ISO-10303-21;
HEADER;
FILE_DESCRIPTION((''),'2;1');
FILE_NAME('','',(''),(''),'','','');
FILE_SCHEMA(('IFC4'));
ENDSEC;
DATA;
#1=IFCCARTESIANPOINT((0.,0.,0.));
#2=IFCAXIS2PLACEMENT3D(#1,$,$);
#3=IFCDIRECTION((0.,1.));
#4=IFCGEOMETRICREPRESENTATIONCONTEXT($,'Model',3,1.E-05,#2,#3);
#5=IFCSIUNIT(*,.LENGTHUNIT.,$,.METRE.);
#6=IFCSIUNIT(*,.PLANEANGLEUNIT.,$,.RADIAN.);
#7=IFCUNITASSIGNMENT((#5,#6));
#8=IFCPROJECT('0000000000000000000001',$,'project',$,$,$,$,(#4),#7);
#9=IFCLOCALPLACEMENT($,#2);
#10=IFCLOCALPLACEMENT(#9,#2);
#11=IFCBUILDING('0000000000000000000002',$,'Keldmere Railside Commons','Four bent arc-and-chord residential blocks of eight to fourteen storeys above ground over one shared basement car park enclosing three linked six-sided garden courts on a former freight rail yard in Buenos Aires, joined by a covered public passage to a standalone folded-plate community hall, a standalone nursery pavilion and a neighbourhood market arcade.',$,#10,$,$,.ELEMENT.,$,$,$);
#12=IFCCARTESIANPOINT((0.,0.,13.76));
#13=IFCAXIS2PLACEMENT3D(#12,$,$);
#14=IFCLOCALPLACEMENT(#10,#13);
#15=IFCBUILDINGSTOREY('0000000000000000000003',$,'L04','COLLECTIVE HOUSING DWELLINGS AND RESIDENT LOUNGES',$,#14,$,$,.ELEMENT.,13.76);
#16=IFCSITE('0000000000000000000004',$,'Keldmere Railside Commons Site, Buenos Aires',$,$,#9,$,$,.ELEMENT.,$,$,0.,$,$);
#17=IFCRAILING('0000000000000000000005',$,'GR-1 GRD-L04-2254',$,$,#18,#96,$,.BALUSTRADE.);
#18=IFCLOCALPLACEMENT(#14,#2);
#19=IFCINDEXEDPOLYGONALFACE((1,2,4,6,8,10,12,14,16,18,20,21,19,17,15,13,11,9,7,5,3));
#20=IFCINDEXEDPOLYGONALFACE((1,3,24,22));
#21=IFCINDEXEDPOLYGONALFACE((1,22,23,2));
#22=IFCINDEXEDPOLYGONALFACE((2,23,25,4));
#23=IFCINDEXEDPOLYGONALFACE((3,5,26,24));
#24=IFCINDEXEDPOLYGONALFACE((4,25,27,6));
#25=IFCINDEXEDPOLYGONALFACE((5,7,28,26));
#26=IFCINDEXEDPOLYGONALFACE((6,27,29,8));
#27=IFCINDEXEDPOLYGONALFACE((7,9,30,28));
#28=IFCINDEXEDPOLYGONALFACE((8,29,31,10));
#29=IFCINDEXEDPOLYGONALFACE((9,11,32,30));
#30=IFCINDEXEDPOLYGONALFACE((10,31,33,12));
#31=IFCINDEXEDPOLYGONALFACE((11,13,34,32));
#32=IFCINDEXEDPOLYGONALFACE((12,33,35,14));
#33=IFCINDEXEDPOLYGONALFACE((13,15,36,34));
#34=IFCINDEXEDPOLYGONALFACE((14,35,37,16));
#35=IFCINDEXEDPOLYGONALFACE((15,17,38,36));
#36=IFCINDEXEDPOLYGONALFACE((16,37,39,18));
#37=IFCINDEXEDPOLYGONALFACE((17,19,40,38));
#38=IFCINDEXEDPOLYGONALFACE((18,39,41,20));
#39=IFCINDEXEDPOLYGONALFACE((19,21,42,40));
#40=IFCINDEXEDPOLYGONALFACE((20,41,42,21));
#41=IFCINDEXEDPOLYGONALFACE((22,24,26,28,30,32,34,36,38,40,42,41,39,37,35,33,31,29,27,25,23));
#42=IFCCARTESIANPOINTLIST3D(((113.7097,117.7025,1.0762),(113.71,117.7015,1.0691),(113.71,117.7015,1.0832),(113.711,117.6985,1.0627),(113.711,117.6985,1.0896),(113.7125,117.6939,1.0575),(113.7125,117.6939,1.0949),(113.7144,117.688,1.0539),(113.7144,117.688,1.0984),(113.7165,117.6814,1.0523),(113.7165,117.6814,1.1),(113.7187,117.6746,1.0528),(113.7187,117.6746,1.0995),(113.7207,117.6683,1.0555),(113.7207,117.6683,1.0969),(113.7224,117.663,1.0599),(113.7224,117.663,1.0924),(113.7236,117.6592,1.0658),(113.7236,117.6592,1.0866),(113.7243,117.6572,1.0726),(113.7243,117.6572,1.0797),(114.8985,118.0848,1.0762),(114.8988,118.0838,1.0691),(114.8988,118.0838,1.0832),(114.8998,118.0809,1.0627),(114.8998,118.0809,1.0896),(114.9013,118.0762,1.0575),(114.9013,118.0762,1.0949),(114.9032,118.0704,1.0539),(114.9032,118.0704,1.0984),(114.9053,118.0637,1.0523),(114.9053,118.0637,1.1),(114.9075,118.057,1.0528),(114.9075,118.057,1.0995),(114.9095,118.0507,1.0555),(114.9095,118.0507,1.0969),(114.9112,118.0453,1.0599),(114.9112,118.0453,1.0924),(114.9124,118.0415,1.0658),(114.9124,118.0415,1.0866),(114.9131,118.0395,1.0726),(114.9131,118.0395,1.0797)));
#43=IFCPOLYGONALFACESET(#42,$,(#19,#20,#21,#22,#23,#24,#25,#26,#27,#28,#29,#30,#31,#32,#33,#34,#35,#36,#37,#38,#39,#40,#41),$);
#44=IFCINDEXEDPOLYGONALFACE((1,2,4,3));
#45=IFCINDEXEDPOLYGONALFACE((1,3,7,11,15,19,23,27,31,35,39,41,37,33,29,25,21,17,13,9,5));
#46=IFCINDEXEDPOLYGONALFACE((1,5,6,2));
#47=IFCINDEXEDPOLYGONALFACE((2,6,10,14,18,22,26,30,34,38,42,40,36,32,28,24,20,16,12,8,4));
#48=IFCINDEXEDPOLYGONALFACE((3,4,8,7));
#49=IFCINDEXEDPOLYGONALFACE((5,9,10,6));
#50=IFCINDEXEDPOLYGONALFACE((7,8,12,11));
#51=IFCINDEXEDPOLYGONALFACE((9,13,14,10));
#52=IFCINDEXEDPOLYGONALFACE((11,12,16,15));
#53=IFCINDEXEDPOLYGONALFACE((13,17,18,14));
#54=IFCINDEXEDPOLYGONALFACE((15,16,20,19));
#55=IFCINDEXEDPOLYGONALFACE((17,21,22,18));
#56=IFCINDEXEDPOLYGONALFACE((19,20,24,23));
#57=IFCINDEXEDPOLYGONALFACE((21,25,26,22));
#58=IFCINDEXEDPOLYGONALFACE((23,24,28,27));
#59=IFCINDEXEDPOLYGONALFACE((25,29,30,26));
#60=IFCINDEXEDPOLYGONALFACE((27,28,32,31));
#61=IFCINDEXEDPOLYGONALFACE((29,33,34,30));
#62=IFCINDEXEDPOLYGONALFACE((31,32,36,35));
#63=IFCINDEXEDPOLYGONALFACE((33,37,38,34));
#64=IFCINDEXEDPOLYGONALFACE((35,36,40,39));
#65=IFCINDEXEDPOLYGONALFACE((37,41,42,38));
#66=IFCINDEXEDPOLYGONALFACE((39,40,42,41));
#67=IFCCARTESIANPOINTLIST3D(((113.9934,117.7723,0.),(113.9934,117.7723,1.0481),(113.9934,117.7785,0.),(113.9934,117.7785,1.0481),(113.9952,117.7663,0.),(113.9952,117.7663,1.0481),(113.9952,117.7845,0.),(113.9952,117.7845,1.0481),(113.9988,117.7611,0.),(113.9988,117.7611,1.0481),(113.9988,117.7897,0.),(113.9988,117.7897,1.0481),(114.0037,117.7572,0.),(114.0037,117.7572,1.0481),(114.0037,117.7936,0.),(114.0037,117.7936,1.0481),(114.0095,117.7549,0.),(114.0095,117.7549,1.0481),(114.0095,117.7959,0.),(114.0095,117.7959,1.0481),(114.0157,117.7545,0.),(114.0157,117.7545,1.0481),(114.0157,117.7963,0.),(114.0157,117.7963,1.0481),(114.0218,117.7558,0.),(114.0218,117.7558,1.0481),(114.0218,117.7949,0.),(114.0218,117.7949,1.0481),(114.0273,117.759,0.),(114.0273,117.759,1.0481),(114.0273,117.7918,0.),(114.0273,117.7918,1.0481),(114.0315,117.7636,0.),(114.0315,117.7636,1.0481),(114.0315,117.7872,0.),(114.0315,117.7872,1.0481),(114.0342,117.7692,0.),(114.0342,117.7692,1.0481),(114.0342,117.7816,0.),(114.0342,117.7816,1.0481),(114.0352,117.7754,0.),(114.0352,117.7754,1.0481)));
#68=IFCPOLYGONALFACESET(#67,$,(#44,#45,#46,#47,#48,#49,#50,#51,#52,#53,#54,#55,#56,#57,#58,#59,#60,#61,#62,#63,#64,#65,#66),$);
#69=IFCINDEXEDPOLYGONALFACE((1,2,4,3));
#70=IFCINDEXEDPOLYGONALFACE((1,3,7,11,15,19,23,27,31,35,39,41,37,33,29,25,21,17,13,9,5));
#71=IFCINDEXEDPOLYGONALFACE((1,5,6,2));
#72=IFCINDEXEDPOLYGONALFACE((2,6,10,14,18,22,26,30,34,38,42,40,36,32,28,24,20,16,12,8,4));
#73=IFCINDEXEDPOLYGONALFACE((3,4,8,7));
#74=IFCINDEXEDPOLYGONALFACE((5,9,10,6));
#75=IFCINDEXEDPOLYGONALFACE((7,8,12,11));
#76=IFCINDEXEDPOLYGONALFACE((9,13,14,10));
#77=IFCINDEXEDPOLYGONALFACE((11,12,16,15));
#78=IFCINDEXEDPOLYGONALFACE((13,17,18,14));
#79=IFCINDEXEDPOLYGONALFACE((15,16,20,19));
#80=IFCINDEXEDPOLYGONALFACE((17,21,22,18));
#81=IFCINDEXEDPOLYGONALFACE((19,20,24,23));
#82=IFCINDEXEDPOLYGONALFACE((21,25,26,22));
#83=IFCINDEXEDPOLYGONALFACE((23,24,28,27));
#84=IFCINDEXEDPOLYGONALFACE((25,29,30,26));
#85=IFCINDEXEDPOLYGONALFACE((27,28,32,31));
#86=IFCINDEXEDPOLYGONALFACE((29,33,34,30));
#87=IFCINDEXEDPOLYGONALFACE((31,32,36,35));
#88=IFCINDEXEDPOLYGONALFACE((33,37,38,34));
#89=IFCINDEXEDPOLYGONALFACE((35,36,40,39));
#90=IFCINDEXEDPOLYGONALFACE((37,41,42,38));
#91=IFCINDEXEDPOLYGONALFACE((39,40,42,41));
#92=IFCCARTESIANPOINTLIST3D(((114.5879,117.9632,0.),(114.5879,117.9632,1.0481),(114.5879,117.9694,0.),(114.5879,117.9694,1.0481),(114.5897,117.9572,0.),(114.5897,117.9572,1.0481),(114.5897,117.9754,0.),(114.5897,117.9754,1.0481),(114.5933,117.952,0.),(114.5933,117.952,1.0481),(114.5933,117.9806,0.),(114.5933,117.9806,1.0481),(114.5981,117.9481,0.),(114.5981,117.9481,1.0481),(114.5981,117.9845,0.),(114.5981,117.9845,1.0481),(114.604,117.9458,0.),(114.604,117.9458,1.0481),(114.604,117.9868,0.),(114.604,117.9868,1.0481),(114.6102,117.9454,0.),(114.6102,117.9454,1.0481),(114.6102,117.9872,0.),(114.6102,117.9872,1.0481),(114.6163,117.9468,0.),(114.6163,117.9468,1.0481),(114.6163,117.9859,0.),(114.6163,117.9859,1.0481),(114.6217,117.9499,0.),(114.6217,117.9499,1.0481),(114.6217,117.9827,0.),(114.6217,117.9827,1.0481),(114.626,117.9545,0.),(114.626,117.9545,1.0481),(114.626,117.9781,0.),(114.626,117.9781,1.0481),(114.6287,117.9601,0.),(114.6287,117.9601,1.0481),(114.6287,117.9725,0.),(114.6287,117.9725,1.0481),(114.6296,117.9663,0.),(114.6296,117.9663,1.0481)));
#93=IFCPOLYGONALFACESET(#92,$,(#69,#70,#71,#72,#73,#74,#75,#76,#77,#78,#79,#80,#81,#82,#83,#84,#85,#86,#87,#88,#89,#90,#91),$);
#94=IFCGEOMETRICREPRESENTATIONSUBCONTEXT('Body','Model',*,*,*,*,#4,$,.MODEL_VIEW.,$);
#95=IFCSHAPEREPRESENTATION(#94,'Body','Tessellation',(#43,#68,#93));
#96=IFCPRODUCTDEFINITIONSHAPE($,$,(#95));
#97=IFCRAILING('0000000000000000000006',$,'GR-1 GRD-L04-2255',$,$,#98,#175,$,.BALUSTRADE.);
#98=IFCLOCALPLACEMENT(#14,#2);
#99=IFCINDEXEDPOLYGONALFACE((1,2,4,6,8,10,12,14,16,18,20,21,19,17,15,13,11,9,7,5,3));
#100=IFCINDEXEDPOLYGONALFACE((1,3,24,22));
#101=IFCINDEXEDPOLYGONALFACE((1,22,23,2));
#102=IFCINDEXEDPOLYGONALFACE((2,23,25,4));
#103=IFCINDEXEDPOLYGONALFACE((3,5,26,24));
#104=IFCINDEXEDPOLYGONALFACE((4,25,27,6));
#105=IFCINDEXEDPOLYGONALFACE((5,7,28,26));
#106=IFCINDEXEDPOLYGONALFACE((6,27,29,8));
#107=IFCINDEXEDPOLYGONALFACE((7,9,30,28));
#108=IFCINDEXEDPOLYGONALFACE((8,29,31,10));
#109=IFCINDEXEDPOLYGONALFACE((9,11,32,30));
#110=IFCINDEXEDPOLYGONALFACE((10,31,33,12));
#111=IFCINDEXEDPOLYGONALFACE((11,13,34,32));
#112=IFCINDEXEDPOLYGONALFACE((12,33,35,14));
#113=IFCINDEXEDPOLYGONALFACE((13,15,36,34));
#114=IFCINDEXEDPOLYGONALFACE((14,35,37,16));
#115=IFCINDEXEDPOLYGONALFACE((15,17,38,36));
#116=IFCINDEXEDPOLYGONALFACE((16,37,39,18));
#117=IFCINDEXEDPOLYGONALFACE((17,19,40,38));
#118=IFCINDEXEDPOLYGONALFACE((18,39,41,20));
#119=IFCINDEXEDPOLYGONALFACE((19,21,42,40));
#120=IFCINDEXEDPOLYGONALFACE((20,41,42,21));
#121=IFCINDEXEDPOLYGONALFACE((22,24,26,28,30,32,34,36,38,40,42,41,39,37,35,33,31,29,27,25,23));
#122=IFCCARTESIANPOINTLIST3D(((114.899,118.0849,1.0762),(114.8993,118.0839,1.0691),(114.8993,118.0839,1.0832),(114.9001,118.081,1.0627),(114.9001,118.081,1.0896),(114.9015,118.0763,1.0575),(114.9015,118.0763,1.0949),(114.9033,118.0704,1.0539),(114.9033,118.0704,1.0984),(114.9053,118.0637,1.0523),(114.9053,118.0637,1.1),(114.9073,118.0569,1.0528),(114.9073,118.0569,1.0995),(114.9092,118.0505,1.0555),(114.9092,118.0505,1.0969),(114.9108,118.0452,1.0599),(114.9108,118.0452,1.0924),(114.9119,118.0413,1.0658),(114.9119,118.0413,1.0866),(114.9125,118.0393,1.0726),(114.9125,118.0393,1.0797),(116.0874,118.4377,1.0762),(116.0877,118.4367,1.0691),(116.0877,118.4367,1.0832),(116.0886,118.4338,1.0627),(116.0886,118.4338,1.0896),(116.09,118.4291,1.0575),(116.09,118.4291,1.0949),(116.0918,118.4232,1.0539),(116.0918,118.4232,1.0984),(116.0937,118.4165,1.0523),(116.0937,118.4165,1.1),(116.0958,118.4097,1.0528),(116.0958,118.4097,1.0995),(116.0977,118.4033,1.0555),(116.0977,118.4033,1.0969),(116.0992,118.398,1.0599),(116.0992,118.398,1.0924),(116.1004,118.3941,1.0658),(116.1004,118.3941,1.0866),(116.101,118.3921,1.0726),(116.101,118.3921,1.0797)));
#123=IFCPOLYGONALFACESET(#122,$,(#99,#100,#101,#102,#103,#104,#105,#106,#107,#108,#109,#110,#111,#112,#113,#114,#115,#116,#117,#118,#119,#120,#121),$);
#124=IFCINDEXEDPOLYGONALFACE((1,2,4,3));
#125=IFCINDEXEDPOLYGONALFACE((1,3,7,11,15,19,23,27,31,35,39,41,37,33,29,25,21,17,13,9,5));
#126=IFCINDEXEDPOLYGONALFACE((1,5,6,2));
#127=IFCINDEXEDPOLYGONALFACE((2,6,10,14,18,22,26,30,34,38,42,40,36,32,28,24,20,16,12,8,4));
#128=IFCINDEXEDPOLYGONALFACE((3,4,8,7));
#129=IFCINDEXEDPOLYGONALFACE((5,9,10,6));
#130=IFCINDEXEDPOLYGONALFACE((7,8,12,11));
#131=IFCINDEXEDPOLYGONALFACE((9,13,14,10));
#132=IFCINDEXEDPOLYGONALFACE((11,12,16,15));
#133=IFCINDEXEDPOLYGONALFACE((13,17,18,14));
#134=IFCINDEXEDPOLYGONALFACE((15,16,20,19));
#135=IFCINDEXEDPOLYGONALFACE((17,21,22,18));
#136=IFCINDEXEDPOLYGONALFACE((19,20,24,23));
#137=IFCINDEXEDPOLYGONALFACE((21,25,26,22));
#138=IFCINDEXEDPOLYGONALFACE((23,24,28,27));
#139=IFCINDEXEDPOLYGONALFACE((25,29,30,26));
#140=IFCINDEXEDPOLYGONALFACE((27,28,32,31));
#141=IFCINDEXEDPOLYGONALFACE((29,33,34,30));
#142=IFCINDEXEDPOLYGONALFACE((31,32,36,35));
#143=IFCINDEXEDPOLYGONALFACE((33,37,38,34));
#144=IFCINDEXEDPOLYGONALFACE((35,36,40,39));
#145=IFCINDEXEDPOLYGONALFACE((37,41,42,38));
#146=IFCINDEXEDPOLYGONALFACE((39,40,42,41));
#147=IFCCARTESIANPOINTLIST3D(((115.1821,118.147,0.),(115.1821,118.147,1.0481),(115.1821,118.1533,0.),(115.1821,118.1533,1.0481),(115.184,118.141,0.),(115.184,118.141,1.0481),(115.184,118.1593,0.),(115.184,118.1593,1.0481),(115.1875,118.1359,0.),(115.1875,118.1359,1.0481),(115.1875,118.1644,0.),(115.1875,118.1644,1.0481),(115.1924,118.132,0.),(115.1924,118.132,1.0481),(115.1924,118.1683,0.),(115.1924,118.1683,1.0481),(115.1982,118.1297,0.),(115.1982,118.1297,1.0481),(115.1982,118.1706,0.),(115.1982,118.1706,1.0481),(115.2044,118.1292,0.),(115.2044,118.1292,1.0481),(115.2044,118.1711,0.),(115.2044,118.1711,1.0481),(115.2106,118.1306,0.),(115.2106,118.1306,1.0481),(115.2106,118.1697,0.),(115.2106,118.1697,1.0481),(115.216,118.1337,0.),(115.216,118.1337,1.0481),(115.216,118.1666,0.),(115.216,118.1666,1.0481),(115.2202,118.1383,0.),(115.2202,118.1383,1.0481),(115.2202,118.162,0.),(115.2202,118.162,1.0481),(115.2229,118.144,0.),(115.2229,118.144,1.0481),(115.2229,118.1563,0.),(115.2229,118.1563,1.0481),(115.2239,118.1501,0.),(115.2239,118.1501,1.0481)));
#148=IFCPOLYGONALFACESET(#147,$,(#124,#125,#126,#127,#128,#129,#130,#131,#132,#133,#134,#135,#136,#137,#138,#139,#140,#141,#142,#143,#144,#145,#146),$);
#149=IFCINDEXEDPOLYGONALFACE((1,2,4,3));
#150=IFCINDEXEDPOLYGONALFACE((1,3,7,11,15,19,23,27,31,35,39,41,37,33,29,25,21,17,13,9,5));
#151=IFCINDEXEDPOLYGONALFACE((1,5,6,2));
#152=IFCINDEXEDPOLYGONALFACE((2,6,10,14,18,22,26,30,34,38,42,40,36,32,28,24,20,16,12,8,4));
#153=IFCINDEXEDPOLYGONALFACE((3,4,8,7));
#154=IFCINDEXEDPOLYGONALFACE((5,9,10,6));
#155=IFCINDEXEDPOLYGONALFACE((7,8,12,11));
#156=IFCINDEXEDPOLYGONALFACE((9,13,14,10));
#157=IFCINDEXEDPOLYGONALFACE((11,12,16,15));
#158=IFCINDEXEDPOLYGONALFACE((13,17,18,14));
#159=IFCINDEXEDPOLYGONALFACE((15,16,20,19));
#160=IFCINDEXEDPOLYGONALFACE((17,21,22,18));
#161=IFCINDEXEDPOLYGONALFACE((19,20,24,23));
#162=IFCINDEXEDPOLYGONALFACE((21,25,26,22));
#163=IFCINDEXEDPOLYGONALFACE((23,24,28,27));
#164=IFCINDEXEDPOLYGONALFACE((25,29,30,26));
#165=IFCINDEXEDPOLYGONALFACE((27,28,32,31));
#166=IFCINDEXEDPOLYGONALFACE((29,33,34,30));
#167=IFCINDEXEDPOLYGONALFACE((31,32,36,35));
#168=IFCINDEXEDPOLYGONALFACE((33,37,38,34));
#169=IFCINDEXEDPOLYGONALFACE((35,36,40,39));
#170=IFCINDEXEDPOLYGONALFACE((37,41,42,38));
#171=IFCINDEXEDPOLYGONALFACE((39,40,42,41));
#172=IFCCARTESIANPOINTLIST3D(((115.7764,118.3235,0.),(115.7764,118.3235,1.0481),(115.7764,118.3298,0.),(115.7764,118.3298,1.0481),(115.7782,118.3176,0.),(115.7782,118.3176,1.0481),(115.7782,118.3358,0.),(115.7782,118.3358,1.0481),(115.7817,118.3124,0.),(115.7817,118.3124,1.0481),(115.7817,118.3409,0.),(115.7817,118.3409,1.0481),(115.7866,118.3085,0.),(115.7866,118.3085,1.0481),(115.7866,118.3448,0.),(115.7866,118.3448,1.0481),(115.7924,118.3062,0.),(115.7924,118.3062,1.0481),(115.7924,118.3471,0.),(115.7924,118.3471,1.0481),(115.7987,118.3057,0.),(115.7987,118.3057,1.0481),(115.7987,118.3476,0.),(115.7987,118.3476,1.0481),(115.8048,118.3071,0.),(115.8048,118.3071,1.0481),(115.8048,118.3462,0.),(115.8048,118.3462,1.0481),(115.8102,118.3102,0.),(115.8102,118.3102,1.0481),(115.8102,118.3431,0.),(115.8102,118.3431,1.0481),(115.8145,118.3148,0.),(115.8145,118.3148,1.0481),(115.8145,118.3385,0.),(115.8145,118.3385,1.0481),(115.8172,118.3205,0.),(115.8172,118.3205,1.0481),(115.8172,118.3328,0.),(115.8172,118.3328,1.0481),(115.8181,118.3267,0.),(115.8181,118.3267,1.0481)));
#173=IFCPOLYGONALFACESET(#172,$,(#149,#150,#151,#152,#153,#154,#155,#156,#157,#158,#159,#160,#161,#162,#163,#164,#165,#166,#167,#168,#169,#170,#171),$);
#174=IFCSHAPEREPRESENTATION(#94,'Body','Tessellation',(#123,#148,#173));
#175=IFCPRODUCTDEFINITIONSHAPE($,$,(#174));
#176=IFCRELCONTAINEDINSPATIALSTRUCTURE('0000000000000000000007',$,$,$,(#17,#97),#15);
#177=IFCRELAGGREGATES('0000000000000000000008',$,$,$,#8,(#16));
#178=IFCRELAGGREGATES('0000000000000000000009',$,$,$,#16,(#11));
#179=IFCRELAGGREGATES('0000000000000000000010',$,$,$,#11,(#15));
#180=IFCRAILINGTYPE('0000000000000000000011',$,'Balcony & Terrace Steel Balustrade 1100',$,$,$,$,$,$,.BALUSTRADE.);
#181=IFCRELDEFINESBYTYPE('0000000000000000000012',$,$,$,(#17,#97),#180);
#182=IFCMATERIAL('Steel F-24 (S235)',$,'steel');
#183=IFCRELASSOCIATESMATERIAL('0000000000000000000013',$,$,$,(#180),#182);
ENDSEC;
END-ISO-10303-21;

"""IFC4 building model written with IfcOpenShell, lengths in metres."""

from ifc_helpers import new_model, si_unit, direction, frame, origin, origin_2d, place, context, subcontext, project, spatial, circle, extrude, material, type_object, element, save


model = new_model("IFC4")

# Units and contexts
model_context = context("Model", 3, precision=1e-05, world=origin(), true_north=direction((0.0, 1.0)))
body_context = subcontext(model_context, "Body", "Model", "MODEL_VIEW")
ifc_project = project(units=[si_unit("LENGTHUNIT", "METRE"), si_unit("PLANEANGLEUNIT", "RADIAN")], contexts=[model_context])

# Site, building, storey
site_placement = place(None, origin())
site = spatial("IfcSite", under=ifc_project, at=site_placement, Name="Keldmere Railside Commons Site, Buenos Aires", CompositionType="ELEMENT", RefElevation=0.0)
building_placement = place(site_placement, origin())
building = spatial("IfcBuilding", under=site, at=building_placement, Name="Keldmere Railside Commons", Description="Four bent arc-and-chord residential blocks of eight to fourteen storeys above ground over one shared basement car park enclosing three linked six-sided garden courts on a former freight rail yard in Buenos Aires, joined by a covered public passage to a standalone folded-plate community hall, a standalone nursery pavilion and a neighbourhood market arcade.", CompositionType="ELEMENT")
storey_placement = place(building_placement, frame((0.0, 0.0, 13.76)))
storey = spatial("IfcBuildingStorey", under=building, at=storey_placement, Name="L04", Description="COLLECTIVE HOUSING DWELLINGS AND RESIDENT LOUNGES", CompositionType="ELEMENT", Elevation=13.76)

# Railings
ifc_material_1 = material(Name="Steel F-24 (S235)", Category="steel")
railing_type = type_object("IfcRailingType", Name="Balcony & Terrace Steel Balustrade 1100", PredefinedType="BALUSTRADE", material=ifc_material_1)
railing_1_placement = place(storey_placement, frame((113.717, 117.6797, 0.0)))
element("IfcRailing", 1, at=railing_1_placement, inside=storey, type_object=railing_type, Name="GR-1 GRD-L04-2254", PredefinedType="BALUSTRADE", context=body_context, shape_type="SweptSolid", body=[
    extrude(circle(Radius=0.0239, at=origin_2d()), frame((0.0, 0.0, 1.0762), z_axis=(0.951974, 0.30618, 0.0), x_axis=(-0.30618, 0.951974, 0.0)), (0.0, 0.0, 1.0), 1.2488),
    extrude(circle(Radius=0.021, at=origin_2d()), frame((0.2971, 0.0957, 0.0)), (0.0, 0.0, 1.0), 1.0481),
    extrude(circle(Radius=0.021, at=origin_2d()), frame((0.8916, 0.2866, 0.0)), (0.0, 0.0, 1.0), 1.0481),
])
railing_2_placement = place(storey_placement, frame((114.9058, 118.062, 0.0)))
element("IfcRailing", 2, at=railing_2_placement, inside=storey, type_object=railing_type, Name="GR-1 GRD-L04-2255", PredefinedType="BALUSTRADE", context=body_context, shape_type="SweptSolid", body=[
    extrude(circle(Radius=0.0239, at=origin_2d()), frame((0.0, 0.0, 1.0762), z_axis=(0.958657, 0.284564, 0.0), x_axis=(-0.284564, 0.958657, 0.0)), (0.0, 0.0, 1.0), 1.2397),
    extrude(circle(Radius=0.021, at=origin_2d()), frame((0.2971, 0.0881, 0.0)), (0.0, 0.0, 1.0), 1.0481),
    extrude(circle(Radius=0.021, at=origin_2d()), frame((0.8914, 0.2646, 0.0)), (0.0, 0.0, 1.0), 1.0481),
])

save(model, "model.ifc")
